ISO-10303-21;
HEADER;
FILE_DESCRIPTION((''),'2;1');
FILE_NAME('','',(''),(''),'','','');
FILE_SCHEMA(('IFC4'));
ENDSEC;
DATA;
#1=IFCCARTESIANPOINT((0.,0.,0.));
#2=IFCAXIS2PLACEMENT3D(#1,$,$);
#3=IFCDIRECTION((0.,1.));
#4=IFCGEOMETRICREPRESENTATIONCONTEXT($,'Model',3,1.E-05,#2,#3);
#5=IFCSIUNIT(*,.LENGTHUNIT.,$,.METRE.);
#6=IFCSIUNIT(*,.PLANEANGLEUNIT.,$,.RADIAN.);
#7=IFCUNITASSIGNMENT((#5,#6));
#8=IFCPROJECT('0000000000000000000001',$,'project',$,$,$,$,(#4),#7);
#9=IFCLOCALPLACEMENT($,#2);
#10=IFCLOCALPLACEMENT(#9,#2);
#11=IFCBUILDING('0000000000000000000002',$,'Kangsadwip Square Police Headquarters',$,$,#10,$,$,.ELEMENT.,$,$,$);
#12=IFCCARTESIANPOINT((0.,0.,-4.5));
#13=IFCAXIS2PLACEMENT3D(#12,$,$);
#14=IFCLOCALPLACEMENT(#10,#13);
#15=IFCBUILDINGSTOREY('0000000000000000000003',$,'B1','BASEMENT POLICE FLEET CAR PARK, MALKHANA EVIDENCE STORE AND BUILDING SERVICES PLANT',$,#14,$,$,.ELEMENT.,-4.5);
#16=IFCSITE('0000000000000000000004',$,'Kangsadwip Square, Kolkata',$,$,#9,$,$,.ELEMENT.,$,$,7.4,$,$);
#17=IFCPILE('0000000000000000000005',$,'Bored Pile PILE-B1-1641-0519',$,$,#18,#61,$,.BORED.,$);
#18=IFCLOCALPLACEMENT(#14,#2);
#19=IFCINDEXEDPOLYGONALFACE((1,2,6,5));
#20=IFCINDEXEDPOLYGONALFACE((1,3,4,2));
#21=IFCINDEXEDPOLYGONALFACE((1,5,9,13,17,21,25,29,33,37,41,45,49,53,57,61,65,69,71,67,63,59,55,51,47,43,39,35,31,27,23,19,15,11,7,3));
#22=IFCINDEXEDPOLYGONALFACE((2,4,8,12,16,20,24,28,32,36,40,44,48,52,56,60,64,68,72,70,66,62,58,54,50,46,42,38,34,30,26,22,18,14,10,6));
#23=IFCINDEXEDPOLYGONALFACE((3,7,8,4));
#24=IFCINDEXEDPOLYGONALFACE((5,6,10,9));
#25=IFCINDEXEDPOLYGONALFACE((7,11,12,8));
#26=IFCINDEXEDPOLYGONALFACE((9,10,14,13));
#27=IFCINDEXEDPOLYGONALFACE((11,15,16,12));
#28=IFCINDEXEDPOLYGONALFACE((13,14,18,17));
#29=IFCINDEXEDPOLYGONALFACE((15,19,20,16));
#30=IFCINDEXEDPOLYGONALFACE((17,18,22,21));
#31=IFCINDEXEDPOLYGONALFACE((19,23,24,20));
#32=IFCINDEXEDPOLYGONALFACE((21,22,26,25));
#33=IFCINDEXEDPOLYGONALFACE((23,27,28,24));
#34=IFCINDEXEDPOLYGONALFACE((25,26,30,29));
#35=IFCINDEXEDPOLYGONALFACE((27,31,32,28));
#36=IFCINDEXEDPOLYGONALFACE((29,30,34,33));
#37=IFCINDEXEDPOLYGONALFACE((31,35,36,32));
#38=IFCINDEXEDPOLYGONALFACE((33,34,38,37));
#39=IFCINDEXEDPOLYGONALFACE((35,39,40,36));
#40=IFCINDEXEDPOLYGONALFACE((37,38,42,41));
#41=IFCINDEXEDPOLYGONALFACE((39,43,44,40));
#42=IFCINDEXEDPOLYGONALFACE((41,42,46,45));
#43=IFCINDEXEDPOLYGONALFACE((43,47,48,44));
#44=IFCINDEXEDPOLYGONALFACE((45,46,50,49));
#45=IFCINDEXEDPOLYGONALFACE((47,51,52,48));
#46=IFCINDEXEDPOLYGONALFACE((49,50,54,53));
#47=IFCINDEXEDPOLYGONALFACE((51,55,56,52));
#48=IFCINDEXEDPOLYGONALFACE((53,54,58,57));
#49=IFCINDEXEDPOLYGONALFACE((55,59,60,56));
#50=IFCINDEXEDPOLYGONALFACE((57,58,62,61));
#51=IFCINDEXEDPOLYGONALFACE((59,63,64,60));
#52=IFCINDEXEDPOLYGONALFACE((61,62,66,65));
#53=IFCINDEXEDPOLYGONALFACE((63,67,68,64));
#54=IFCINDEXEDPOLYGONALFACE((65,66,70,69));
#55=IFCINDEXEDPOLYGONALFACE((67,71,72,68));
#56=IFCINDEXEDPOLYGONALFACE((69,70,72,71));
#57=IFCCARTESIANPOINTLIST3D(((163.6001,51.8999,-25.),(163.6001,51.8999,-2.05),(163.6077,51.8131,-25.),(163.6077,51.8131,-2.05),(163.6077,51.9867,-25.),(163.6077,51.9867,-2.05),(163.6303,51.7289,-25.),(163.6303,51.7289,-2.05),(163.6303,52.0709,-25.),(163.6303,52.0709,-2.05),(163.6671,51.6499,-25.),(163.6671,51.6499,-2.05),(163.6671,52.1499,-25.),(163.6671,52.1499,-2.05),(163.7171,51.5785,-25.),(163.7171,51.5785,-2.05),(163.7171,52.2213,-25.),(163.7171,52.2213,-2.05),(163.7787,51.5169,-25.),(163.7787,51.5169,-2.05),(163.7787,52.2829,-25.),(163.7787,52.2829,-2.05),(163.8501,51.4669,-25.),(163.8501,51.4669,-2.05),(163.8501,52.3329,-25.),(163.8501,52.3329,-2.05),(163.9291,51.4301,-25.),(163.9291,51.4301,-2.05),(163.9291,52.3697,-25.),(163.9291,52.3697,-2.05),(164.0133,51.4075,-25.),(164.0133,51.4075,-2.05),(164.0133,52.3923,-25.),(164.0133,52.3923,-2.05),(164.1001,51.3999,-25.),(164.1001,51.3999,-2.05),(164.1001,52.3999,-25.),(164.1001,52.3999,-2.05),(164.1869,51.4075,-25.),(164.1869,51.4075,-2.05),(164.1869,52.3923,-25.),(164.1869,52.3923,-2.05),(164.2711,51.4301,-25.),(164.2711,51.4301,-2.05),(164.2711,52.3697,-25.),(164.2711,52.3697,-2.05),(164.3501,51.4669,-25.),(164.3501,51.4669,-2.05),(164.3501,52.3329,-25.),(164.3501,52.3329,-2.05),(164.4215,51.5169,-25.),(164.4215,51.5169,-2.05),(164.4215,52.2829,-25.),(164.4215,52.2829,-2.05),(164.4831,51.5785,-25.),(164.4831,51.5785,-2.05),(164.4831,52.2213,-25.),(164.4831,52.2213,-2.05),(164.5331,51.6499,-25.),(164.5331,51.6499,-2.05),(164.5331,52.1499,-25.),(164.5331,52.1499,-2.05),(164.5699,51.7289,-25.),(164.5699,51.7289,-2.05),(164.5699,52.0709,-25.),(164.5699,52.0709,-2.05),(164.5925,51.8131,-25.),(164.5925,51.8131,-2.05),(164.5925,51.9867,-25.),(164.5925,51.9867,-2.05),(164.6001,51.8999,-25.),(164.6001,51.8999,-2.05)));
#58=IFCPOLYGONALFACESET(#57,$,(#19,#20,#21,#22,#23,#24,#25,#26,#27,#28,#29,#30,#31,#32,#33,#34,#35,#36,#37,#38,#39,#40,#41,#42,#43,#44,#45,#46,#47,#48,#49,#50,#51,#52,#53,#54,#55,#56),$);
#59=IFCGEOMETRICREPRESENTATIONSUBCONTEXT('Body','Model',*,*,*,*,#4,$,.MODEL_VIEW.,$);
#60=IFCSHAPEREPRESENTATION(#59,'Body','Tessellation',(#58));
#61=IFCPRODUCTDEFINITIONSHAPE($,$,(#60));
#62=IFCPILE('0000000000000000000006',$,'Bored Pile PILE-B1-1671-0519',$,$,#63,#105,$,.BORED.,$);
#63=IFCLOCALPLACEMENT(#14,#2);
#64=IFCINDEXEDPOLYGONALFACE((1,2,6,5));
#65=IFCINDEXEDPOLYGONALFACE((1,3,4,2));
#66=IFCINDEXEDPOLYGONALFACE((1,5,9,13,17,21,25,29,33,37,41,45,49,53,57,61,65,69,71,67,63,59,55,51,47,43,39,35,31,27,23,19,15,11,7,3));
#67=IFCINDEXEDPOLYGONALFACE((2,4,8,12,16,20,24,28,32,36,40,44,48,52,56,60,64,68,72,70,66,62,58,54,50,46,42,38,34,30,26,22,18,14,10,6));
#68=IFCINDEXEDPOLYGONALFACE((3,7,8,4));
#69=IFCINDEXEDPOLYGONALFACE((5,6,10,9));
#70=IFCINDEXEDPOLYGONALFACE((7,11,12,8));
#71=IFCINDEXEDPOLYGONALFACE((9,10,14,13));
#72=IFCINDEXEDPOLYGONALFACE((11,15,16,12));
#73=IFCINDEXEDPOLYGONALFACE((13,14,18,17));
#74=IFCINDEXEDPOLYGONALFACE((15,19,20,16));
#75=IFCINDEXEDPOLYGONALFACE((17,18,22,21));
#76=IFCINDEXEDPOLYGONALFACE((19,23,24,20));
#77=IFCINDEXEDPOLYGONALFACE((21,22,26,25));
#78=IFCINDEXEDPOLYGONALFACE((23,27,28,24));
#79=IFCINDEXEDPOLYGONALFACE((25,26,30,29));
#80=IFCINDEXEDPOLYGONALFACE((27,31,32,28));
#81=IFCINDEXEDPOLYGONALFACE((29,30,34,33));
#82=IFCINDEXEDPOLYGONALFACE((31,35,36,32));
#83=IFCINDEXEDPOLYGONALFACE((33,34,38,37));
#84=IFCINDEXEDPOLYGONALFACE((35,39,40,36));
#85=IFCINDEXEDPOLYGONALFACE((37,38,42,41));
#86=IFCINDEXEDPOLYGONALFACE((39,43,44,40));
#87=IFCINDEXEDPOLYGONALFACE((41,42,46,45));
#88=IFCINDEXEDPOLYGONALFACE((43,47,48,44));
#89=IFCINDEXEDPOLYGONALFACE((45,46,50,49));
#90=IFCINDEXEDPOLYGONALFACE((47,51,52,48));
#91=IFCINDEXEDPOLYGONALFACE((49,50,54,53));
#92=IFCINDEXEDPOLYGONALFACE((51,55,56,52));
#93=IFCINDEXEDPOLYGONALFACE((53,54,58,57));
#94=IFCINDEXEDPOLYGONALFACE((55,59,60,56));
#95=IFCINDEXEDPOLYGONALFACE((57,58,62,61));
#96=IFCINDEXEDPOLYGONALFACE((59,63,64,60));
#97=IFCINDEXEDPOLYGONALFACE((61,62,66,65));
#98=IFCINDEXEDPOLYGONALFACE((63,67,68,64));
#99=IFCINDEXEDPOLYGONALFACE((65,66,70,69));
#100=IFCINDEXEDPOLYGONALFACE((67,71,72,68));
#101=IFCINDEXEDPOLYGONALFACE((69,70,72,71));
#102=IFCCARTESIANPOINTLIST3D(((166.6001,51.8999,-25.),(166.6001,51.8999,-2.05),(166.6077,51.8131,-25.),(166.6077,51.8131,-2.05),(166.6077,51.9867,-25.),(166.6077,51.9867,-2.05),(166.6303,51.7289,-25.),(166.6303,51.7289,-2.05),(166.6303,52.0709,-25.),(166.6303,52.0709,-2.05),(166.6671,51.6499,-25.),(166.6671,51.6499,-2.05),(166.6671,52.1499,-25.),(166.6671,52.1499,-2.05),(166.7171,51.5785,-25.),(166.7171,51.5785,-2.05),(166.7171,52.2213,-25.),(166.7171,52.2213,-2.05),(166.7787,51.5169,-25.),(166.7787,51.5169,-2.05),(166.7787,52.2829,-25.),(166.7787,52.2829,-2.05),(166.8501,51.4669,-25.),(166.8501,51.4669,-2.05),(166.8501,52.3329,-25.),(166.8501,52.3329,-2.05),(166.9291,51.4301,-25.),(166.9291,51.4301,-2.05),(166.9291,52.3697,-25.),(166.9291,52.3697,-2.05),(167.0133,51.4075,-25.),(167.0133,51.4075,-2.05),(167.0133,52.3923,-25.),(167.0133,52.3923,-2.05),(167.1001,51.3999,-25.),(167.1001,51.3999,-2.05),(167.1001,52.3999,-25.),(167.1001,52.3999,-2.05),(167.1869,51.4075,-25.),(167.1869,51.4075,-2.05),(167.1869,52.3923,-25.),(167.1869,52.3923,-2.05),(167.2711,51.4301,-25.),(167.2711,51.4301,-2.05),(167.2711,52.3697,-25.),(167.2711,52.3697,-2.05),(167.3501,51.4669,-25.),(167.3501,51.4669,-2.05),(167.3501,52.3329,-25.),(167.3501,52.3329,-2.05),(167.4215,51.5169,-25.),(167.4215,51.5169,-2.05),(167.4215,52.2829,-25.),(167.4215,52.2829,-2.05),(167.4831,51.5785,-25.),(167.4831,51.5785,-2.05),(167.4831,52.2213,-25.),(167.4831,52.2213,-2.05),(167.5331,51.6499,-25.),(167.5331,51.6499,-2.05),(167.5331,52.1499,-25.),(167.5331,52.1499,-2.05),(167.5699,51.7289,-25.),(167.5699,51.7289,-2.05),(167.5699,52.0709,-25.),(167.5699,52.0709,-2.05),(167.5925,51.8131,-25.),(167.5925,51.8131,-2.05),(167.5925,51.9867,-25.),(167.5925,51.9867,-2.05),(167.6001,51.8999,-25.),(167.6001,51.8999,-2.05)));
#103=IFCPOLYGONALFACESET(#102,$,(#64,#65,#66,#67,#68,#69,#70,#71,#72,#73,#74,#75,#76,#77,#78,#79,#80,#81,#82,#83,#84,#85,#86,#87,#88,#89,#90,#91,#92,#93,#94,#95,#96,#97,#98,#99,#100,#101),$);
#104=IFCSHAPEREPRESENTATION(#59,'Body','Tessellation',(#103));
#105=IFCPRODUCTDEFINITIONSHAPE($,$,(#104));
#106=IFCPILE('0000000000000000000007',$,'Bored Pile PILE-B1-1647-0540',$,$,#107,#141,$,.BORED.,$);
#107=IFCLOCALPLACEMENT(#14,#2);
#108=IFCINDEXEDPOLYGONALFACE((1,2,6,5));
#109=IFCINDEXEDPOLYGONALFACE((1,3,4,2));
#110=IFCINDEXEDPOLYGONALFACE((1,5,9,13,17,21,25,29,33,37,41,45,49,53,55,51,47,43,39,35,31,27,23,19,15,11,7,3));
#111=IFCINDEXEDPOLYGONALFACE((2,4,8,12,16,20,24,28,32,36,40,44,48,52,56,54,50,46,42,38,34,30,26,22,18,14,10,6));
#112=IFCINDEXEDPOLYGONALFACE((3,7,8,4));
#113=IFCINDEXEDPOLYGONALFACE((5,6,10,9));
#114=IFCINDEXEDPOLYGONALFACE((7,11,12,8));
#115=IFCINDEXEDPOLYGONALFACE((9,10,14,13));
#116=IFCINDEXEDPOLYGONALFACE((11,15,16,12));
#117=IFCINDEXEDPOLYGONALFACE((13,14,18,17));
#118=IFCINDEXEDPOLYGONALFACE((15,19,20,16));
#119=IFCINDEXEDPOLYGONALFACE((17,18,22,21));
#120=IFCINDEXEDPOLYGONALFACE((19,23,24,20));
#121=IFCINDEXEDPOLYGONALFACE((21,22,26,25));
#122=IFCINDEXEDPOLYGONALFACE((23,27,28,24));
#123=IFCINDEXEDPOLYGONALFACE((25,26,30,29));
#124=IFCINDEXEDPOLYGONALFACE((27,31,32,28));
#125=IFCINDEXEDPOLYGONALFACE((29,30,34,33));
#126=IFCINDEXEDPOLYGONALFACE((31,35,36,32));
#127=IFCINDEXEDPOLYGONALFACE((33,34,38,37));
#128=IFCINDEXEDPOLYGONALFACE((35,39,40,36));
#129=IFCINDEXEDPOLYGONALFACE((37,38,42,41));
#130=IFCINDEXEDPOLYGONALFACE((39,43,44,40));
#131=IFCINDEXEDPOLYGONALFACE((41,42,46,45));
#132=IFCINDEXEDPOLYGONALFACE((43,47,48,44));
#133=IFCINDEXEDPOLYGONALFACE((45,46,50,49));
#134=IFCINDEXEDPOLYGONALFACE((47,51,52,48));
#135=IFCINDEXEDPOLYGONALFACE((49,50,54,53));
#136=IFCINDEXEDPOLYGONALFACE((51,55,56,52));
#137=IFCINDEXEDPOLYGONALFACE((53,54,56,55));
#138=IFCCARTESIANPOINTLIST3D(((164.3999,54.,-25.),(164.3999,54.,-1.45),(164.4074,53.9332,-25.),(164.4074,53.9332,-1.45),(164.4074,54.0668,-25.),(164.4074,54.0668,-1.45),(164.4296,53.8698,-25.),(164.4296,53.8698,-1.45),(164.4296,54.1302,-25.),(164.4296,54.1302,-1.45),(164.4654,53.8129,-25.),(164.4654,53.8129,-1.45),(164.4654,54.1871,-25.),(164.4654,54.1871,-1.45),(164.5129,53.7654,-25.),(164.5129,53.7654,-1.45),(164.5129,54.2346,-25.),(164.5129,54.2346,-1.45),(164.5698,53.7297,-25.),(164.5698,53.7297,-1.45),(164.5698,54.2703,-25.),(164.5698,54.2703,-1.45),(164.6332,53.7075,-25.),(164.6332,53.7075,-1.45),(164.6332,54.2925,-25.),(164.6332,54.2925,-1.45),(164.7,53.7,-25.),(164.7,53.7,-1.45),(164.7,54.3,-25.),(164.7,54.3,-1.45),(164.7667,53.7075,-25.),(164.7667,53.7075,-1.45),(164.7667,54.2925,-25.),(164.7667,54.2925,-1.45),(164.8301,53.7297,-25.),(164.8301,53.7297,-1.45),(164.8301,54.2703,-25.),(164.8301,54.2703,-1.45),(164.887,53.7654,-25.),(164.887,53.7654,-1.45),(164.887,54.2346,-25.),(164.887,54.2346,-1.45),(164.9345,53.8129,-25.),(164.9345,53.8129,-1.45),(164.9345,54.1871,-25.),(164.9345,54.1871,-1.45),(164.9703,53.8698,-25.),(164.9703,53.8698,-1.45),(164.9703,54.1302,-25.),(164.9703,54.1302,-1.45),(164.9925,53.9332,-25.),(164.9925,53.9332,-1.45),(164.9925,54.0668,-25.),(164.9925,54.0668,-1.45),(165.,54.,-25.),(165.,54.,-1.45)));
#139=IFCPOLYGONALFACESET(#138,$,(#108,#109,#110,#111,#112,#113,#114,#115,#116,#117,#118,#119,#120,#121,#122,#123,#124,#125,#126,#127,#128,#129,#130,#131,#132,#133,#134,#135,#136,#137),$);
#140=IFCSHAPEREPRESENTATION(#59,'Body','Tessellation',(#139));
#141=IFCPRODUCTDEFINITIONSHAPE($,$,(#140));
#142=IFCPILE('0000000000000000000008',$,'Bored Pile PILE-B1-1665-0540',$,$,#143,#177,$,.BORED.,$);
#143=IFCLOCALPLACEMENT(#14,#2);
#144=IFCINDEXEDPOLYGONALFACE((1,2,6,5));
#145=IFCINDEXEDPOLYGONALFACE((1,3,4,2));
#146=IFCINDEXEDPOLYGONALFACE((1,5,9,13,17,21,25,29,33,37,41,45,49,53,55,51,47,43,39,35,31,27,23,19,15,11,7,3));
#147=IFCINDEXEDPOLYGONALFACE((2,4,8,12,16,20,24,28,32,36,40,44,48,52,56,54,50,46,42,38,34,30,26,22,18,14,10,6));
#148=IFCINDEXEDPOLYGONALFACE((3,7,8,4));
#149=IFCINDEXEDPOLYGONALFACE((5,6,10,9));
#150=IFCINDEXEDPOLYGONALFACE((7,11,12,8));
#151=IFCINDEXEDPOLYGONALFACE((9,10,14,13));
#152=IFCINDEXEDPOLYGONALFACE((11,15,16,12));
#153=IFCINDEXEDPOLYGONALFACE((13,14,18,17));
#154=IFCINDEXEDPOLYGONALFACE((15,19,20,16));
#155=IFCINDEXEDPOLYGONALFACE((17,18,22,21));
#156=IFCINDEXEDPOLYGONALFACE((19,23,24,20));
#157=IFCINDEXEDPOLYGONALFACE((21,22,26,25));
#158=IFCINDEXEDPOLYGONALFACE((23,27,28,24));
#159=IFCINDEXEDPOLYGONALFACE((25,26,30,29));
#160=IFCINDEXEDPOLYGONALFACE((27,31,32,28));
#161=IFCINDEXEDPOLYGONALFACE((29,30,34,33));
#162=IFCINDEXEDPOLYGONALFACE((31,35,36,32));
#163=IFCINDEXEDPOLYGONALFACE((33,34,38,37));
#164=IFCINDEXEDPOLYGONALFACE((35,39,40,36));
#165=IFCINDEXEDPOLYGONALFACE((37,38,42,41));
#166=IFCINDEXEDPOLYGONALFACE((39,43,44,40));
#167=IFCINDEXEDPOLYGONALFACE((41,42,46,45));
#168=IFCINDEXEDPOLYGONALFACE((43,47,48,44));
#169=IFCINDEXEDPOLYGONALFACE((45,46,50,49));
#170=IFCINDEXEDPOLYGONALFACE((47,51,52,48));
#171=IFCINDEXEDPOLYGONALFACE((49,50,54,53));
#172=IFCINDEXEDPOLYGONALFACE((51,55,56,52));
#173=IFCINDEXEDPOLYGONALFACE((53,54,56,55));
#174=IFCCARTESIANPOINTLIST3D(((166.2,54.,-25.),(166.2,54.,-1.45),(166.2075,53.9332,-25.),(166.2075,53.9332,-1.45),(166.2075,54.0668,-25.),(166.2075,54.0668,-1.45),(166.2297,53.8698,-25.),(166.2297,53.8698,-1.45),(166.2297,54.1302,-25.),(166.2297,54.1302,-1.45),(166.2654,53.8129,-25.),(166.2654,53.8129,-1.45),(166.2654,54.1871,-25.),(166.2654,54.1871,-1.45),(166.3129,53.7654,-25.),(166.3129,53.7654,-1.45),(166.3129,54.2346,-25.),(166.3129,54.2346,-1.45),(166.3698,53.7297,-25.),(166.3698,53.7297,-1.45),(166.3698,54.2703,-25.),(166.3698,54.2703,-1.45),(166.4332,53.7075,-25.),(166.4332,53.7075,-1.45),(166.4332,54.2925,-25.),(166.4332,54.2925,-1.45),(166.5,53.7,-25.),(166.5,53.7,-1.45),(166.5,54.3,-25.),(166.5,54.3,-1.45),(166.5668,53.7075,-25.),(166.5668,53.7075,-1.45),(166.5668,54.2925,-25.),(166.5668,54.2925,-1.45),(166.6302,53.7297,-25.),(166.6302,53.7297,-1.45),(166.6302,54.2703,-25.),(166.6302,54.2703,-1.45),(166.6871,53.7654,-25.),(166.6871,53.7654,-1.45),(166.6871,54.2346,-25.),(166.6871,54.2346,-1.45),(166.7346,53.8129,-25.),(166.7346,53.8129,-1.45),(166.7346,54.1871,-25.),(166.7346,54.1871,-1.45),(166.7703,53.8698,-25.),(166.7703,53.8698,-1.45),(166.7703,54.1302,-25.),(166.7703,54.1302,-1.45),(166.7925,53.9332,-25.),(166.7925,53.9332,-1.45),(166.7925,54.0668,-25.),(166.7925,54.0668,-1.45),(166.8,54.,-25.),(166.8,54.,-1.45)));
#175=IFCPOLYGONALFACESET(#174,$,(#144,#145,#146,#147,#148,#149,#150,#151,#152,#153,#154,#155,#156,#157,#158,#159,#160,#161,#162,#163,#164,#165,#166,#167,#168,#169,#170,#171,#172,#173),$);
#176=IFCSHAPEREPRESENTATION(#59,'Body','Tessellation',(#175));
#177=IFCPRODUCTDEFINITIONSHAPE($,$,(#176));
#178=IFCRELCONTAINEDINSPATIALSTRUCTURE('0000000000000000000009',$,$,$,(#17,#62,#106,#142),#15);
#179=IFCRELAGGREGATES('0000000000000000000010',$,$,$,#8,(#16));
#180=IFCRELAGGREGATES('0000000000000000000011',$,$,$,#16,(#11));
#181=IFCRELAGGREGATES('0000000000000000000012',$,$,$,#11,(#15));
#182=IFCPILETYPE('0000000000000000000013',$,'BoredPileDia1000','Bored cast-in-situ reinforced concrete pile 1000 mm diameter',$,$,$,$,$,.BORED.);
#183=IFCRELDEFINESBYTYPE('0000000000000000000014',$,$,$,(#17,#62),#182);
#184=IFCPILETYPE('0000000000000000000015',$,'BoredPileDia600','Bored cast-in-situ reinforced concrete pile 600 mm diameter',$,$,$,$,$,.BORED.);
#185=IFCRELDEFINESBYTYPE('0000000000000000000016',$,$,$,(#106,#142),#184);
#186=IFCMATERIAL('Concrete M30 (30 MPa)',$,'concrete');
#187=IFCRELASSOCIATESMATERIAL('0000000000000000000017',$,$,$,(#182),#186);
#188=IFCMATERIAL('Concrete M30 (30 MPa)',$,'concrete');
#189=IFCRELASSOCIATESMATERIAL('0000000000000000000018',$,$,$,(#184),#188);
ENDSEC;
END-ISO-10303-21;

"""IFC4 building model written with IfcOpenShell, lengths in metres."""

from ifc_helpers import new_model, si_unit, direction, frame, origin, origin_2d, place, context, subcontext, project, spatial, circle, extrude, material, material_profile, profile_set, type_object, element, save


model = new_model("IFC4")

# Units and contexts
model_context = context("Model", 3, precision=1e-05, world=origin(), true_north=direction((0.0, 1.0)))
body_context = subcontext(model_context, "Body", "Model", "MODEL_VIEW")
ifc_project = project(units=[si_unit("LENGTHUNIT", "METRE"), si_unit("PLANEANGLEUNIT", "RADIAN")], contexts=[model_context])

# Site, building, storey
site_placement = place(None, origin())
site = spatial("IfcSite", under=ifc_project, at=site_placement, Name="Kangsadwip Square, Kolkata", CompositionType="ELEMENT", RefElevation=7.4)
building_placement = place(site_placement, origin())
building = spatial("IfcBuilding", under=site, at=building_placement, Name="Kangsadwip Square Police Headquarters", CompositionType="ELEMENT")
storey_placement = place(building_placement, frame((0.0, 0.0, -4.5)))
storey = spatial("IfcBuildingStorey", under=building, at=storey_placement, Name="B1", Description="BASEMENT POLICE FLEET CAR PARK, MALKHANA EVIDENCE STORE AND BUILDING SERVICES PLANT", CompositionType="ELEMENT", Elevation=-4.5)

# Piles
ifc_material_1 = material(Name="Concrete M30 (30 MPa)", Category="concrete")
ifc_material_profile_1 = material_profile(ifc_material_1, circle(Radius=0.5, at=origin_2d()), Name="PILE DIA 1000")
ifc_profile_set_1 = profile_set([ifc_material_profile_1], Name="Concrete M30 (30 MPa)")
pile_type_1 = type_object("IfcPileType", Name="BoredPileDia1000", Description="Bored cast-in-situ reinforced concrete pile 1000 mm diameter", PredefinedType="BORED", material=ifc_profile_set_1)
for number, where, z_axis, x_axis, name in (
    (1, (164.1001, 51.8999, -2.05), (0.0, 0.0, -1.0), (1.0, 0.0, 0.0), "Bored Pile PILE-B1-1641-0519"),
    (2, (167.1001, 51.8999, -2.05), (0.0, 0.0, -1.0), (1.0, 0.0, 0.0), "Bored Pile PILE-B1-1671-0519"),
):
    element("IfcPile", number, at=place(storey_placement, frame(where, z_axis=z_axis, x_axis=x_axis)), inside=storey, type_object=pile_type_1, Name=name, PredefinedType="BORED", context=body_context, shape_type="SweptSolid", body=[
        extrude(circle(Radius=0.5, at=origin_2d()), origin(), (0.0, 0.0, 1.0), 22.95),
    ])
ifc_material_2 = material(Name="Concrete M30 (30 MPa)", Category="concrete")
ifc_material_profile_2 = material_profile(ifc_material_2, circle(Radius=0.3, at=origin_2d()), Name="PILE DIA 600")
ifc_profile_set_2 = profile_set([ifc_material_profile_2], Name="Concrete M30 (30 MPa)")
pile_type_2 = type_object("IfcPileType", Name="BoredPileDia600", Description="Bored cast-in-situ reinforced concrete pile 600 mm diameter", PredefinedType="BORED", material=ifc_profile_set_2)
for number, where, z_axis, x_axis, name in (
    (3, (164.7, 54.0, -1.45), (0.0, 0.0, -1.0), (1.0, 0.0, 0.0), "Bored Pile PILE-B1-1647-0540"),
    (4, (166.5, 54.0, -1.45), (0.0, 0.0, -1.0), (1.0, 0.0, 0.0), "Bored Pile PILE-B1-1665-0540"),
):
    element("IfcPile", number, at=place(storey_placement, frame(where, z_axis=z_axis, x_axis=x_axis)), inside=storey, type_object=pile_type_2, Name=name, PredefinedType="BORED", context=body_context, shape_type="SweptSolid", body=[
        extrude(circle(Radius=0.3, at=origin_2d()), origin(), (0.0, 0.0, 1.0), 23.55),
    ])

save(model, "model.ifc")
